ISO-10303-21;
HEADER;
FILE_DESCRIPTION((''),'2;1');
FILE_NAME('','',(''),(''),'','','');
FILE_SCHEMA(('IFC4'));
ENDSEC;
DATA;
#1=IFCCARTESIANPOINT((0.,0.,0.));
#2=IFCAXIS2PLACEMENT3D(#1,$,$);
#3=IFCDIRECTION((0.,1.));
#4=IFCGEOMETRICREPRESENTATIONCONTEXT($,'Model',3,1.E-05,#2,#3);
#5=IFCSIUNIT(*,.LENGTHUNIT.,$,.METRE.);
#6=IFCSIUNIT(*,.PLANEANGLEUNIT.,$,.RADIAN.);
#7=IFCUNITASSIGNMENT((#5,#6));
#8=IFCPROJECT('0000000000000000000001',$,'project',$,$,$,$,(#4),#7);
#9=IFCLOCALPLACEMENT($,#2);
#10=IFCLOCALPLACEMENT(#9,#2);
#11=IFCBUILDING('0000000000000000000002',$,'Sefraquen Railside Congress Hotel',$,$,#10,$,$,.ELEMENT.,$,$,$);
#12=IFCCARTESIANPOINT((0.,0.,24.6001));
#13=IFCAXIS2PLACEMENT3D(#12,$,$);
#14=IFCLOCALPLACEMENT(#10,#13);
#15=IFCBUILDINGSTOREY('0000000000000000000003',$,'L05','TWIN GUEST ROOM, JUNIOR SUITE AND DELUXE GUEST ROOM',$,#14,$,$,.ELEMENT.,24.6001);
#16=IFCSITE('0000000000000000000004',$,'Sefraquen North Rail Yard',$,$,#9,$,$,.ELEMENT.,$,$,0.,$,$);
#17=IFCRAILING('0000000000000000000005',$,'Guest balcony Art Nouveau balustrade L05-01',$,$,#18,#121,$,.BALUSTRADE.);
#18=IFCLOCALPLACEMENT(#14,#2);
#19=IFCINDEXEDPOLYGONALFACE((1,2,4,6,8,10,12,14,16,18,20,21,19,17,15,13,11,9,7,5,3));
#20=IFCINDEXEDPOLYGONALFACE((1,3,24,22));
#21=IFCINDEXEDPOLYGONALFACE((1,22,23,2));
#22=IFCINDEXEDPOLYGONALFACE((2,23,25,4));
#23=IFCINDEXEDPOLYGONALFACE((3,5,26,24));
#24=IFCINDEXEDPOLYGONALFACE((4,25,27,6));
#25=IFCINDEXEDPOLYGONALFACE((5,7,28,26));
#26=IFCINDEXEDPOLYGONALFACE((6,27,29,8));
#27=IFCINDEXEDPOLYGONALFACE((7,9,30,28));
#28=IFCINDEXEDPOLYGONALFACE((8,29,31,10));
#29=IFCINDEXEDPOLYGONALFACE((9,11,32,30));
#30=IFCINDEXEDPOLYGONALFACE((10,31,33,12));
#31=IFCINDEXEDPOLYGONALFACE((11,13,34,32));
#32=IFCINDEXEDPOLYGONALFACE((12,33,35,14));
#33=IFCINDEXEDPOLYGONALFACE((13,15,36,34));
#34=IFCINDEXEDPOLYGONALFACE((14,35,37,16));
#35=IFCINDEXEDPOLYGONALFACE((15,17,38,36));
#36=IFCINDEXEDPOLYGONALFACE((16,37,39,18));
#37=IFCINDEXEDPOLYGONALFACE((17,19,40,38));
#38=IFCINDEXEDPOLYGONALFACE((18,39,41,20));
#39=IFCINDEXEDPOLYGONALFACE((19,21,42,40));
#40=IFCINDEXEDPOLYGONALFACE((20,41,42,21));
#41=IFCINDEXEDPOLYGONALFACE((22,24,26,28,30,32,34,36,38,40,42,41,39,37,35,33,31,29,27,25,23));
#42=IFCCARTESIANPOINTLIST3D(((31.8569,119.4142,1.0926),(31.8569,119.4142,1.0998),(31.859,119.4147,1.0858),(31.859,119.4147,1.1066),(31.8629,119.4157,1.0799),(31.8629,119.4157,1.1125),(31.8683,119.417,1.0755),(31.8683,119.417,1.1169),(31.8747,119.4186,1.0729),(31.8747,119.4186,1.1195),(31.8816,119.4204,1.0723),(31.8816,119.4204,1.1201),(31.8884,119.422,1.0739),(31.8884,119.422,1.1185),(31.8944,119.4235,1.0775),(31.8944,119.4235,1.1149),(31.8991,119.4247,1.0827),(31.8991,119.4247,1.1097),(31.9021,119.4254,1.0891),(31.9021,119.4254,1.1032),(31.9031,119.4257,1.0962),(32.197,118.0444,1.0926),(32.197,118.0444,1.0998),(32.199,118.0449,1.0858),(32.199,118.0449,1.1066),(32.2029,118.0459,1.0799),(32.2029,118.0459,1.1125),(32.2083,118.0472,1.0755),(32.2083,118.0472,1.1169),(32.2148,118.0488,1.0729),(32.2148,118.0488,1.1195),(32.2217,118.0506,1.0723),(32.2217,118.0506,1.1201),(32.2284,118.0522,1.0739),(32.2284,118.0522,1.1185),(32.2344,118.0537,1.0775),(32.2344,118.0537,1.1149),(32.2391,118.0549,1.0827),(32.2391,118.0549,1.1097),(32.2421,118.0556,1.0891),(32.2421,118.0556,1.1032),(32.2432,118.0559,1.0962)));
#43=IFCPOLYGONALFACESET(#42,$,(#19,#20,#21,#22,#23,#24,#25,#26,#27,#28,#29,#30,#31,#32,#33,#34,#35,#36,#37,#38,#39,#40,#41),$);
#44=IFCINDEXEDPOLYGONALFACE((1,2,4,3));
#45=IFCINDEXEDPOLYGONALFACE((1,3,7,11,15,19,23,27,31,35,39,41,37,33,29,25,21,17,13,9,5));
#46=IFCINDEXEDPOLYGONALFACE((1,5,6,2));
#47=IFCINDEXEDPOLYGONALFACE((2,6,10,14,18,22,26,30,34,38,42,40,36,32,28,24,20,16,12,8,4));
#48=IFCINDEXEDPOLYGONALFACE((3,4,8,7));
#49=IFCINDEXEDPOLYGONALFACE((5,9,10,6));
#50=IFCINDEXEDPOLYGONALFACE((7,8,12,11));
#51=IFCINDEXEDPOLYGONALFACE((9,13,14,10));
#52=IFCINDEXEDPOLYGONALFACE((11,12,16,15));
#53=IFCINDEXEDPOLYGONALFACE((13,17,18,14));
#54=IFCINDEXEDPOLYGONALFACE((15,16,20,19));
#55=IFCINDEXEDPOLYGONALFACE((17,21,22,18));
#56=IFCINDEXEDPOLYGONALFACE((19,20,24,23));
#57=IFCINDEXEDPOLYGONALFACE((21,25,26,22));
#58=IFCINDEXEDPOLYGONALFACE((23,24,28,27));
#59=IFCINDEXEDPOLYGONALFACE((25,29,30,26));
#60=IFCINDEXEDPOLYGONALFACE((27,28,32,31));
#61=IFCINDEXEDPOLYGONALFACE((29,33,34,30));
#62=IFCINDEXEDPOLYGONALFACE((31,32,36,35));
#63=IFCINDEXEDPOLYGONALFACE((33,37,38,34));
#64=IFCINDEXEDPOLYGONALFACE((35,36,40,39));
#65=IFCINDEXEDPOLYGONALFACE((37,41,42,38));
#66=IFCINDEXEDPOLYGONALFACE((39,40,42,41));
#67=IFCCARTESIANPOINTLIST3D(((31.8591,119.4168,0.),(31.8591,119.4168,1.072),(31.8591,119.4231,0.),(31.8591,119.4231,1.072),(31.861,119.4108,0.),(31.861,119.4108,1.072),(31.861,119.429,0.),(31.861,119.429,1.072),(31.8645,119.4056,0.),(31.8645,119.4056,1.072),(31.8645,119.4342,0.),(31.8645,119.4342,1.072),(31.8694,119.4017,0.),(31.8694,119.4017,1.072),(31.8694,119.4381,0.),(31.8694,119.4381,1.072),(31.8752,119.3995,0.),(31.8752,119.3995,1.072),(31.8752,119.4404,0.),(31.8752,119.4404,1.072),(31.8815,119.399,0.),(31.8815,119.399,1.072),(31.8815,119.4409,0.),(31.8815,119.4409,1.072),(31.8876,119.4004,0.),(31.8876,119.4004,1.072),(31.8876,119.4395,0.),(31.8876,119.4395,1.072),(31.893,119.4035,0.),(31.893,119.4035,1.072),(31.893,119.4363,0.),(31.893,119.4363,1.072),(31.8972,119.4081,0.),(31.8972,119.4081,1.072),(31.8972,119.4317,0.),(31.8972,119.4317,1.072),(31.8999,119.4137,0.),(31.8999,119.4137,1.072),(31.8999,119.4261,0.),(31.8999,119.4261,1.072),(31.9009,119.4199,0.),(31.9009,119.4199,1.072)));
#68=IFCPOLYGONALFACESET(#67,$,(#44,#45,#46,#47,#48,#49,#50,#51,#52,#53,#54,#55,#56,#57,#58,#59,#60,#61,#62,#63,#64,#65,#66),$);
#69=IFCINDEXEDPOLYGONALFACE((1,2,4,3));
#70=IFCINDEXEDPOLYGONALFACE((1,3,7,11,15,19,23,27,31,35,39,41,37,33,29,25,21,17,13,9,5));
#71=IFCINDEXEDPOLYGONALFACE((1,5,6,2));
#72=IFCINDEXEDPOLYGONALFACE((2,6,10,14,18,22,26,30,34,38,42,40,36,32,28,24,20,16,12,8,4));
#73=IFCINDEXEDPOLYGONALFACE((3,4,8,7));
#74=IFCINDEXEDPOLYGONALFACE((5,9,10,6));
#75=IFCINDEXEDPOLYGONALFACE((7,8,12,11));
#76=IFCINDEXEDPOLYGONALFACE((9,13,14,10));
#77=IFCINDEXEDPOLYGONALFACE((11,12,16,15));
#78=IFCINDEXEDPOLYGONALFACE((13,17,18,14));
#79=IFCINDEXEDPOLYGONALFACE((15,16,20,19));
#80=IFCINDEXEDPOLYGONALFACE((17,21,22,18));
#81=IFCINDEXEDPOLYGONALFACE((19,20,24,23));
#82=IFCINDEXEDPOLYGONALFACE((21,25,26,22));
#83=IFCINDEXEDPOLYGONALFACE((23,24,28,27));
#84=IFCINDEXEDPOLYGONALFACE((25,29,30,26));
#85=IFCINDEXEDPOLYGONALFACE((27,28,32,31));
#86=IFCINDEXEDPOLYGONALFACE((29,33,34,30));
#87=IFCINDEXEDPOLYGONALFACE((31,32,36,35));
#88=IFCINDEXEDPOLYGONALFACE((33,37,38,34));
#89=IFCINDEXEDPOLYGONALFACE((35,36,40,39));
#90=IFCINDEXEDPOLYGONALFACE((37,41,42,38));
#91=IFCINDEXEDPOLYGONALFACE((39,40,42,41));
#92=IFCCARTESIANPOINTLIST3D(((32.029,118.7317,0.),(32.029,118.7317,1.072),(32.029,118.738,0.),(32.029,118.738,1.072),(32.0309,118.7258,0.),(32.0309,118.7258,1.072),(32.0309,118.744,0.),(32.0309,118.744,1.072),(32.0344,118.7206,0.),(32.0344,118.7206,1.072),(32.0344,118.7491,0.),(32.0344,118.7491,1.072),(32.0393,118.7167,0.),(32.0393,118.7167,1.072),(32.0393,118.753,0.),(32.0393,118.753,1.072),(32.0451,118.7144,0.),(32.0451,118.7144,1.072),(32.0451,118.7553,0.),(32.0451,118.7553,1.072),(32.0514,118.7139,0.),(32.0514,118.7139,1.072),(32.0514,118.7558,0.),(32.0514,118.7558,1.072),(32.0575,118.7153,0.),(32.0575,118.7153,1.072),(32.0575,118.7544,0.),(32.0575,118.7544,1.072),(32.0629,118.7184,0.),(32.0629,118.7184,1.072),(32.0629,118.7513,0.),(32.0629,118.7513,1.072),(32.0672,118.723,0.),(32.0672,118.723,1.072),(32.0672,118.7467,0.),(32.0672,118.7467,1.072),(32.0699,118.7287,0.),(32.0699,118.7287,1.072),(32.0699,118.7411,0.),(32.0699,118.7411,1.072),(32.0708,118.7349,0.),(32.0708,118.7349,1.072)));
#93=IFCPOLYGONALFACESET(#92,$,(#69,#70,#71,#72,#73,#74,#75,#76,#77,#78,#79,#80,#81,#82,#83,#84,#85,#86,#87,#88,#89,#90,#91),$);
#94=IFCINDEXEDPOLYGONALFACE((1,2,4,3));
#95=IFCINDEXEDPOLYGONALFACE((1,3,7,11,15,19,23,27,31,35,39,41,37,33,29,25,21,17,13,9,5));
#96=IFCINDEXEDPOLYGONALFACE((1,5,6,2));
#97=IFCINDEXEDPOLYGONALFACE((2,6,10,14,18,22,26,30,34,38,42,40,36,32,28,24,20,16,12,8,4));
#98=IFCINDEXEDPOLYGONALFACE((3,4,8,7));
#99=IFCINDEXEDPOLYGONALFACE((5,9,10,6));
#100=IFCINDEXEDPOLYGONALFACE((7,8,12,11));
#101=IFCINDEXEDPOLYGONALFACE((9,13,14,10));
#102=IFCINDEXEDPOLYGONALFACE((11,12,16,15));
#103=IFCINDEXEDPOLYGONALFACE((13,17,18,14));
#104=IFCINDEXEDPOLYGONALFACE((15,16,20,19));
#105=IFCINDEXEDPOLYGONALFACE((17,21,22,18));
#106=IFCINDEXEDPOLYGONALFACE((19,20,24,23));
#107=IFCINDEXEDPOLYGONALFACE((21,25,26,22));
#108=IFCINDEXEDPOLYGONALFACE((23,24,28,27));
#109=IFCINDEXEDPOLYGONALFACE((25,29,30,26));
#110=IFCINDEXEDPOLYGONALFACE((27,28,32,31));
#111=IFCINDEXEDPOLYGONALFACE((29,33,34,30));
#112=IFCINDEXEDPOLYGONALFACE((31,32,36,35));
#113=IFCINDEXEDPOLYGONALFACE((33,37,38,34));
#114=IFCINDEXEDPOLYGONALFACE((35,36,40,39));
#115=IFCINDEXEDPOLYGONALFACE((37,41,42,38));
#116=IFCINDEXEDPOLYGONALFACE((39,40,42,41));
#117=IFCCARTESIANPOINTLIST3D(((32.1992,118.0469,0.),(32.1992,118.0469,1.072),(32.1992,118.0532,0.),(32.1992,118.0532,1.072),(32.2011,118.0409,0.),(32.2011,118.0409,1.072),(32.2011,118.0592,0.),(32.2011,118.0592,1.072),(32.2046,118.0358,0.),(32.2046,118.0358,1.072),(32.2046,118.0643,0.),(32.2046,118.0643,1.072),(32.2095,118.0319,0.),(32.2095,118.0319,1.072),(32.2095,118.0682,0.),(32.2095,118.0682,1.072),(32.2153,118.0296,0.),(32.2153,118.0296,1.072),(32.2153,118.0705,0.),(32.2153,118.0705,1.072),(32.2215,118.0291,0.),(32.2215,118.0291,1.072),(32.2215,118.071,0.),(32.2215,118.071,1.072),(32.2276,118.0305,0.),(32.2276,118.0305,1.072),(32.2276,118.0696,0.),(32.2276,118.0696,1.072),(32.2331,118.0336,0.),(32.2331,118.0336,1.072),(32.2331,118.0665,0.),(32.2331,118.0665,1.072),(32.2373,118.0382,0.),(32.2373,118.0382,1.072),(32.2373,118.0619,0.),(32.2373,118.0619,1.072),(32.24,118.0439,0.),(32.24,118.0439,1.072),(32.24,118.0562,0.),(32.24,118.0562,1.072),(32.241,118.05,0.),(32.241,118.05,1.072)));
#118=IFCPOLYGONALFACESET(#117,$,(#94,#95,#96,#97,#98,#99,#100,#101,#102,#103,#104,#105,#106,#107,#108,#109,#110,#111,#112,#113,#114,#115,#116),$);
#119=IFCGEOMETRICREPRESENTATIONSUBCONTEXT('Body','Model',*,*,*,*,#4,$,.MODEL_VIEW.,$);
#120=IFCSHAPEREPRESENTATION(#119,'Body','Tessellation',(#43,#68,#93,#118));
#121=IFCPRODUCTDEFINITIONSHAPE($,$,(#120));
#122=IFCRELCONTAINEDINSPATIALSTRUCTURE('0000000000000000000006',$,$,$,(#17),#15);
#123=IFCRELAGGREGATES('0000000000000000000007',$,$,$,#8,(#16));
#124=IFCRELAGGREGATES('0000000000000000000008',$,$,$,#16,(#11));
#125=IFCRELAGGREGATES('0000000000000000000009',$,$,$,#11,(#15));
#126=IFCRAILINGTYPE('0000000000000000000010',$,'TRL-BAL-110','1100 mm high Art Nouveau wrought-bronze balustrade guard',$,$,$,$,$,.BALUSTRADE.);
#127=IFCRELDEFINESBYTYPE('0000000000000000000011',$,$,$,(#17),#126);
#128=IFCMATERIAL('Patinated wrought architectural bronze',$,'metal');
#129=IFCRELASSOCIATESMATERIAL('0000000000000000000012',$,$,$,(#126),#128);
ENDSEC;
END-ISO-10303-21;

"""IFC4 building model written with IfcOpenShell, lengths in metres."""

from ifc_helpers import new_model, si_unit, direction, frame, origin, origin_2d, place, context, subcontext, project, spatial, circle, extrude, material, type_object, element, save


model = new_model("IFC4")

# Units and contexts
model_context = context("Model", 3, precision=1e-05, world=origin(), true_north=direction((0.0, 1.0)))
body_context = subcontext(model_context, "Body", "Model", "MODEL_VIEW")
ifc_project = project(units=[si_unit("LENGTHUNIT", "METRE"), si_unit("PLANEANGLEUNIT", "RADIAN")], contexts=[model_context])

# Site, building, storey
site_placement = place(None, origin())
site = spatial("IfcSite", under=ifc_project, at=site_placement, Name="Sefraquen North Rail Yard", CompositionType="ELEMENT", RefElevation=0.0)
building_placement = place(site_placement, origin())
building = spatial("IfcBuilding", under=site, at=building_placement, Name="Sefraquen Railside Congress Hotel", CompositionType="ELEMENT")
storey_placement = place(building_placement, frame((0.0, 0.0, 24.6001)))
storey = spatial("IfcBuildingStorey", under=building, at=storey_placement, Name="L05", Description="TWIN GUEST ROOM, JUNIOR SUITE AND DELUXE GUEST ROOM", CompositionType="ELEMENT", Elevation=24.6001)

# Railing
ifc_material_1 = material(Name="Patinated wrought architectural bronze", Category="metal")
railing_type = type_object("IfcRailingType", Name="TRL-BAL-110", Description="1100 mm high Art Nouveau wrought-bronze balustrade guard", PredefinedType="BALUSTRADE", material=ifc_material_1)
railing_1_placement = place(storey_placement, frame((31.8799, 119.4199, 0.0)))
element("IfcRailing", 1, at=railing_1_placement, inside=storey, type_object=railing_type, Name="Guest balcony Art Nouveau balustrade L05-01", PredefinedType="BALUSTRADE", context=body_context, shape_type="SweptSolid", body=[
    extrude(circle(Radius=0.0239, at=origin_2d()), frame((0.0, 0.0, 1.0962), z_axis=(0.240948, -0.970538, 0.0), x_axis=(0.970538, 0.240948, 0.0)), (0.0, 0.0, 1.0), 1.4114),
    extrude(circle(Radius=0.021, at=origin_2d()), origin(), (0.0, 0.0, 1.0), 1.072),
    extrude(circle(Radius=0.021, at=origin_2d()), frame((0.1699, -0.6851, 0.0)), (0.0, 0.0, 1.0), 1.072),
    extrude(circle(Radius=0.021, at=origin_2d()), frame((0.3401, -1.3699, 0.0)), (0.0, 0.0, 1.0), 1.072),
])

save(model, "model.ifc")
